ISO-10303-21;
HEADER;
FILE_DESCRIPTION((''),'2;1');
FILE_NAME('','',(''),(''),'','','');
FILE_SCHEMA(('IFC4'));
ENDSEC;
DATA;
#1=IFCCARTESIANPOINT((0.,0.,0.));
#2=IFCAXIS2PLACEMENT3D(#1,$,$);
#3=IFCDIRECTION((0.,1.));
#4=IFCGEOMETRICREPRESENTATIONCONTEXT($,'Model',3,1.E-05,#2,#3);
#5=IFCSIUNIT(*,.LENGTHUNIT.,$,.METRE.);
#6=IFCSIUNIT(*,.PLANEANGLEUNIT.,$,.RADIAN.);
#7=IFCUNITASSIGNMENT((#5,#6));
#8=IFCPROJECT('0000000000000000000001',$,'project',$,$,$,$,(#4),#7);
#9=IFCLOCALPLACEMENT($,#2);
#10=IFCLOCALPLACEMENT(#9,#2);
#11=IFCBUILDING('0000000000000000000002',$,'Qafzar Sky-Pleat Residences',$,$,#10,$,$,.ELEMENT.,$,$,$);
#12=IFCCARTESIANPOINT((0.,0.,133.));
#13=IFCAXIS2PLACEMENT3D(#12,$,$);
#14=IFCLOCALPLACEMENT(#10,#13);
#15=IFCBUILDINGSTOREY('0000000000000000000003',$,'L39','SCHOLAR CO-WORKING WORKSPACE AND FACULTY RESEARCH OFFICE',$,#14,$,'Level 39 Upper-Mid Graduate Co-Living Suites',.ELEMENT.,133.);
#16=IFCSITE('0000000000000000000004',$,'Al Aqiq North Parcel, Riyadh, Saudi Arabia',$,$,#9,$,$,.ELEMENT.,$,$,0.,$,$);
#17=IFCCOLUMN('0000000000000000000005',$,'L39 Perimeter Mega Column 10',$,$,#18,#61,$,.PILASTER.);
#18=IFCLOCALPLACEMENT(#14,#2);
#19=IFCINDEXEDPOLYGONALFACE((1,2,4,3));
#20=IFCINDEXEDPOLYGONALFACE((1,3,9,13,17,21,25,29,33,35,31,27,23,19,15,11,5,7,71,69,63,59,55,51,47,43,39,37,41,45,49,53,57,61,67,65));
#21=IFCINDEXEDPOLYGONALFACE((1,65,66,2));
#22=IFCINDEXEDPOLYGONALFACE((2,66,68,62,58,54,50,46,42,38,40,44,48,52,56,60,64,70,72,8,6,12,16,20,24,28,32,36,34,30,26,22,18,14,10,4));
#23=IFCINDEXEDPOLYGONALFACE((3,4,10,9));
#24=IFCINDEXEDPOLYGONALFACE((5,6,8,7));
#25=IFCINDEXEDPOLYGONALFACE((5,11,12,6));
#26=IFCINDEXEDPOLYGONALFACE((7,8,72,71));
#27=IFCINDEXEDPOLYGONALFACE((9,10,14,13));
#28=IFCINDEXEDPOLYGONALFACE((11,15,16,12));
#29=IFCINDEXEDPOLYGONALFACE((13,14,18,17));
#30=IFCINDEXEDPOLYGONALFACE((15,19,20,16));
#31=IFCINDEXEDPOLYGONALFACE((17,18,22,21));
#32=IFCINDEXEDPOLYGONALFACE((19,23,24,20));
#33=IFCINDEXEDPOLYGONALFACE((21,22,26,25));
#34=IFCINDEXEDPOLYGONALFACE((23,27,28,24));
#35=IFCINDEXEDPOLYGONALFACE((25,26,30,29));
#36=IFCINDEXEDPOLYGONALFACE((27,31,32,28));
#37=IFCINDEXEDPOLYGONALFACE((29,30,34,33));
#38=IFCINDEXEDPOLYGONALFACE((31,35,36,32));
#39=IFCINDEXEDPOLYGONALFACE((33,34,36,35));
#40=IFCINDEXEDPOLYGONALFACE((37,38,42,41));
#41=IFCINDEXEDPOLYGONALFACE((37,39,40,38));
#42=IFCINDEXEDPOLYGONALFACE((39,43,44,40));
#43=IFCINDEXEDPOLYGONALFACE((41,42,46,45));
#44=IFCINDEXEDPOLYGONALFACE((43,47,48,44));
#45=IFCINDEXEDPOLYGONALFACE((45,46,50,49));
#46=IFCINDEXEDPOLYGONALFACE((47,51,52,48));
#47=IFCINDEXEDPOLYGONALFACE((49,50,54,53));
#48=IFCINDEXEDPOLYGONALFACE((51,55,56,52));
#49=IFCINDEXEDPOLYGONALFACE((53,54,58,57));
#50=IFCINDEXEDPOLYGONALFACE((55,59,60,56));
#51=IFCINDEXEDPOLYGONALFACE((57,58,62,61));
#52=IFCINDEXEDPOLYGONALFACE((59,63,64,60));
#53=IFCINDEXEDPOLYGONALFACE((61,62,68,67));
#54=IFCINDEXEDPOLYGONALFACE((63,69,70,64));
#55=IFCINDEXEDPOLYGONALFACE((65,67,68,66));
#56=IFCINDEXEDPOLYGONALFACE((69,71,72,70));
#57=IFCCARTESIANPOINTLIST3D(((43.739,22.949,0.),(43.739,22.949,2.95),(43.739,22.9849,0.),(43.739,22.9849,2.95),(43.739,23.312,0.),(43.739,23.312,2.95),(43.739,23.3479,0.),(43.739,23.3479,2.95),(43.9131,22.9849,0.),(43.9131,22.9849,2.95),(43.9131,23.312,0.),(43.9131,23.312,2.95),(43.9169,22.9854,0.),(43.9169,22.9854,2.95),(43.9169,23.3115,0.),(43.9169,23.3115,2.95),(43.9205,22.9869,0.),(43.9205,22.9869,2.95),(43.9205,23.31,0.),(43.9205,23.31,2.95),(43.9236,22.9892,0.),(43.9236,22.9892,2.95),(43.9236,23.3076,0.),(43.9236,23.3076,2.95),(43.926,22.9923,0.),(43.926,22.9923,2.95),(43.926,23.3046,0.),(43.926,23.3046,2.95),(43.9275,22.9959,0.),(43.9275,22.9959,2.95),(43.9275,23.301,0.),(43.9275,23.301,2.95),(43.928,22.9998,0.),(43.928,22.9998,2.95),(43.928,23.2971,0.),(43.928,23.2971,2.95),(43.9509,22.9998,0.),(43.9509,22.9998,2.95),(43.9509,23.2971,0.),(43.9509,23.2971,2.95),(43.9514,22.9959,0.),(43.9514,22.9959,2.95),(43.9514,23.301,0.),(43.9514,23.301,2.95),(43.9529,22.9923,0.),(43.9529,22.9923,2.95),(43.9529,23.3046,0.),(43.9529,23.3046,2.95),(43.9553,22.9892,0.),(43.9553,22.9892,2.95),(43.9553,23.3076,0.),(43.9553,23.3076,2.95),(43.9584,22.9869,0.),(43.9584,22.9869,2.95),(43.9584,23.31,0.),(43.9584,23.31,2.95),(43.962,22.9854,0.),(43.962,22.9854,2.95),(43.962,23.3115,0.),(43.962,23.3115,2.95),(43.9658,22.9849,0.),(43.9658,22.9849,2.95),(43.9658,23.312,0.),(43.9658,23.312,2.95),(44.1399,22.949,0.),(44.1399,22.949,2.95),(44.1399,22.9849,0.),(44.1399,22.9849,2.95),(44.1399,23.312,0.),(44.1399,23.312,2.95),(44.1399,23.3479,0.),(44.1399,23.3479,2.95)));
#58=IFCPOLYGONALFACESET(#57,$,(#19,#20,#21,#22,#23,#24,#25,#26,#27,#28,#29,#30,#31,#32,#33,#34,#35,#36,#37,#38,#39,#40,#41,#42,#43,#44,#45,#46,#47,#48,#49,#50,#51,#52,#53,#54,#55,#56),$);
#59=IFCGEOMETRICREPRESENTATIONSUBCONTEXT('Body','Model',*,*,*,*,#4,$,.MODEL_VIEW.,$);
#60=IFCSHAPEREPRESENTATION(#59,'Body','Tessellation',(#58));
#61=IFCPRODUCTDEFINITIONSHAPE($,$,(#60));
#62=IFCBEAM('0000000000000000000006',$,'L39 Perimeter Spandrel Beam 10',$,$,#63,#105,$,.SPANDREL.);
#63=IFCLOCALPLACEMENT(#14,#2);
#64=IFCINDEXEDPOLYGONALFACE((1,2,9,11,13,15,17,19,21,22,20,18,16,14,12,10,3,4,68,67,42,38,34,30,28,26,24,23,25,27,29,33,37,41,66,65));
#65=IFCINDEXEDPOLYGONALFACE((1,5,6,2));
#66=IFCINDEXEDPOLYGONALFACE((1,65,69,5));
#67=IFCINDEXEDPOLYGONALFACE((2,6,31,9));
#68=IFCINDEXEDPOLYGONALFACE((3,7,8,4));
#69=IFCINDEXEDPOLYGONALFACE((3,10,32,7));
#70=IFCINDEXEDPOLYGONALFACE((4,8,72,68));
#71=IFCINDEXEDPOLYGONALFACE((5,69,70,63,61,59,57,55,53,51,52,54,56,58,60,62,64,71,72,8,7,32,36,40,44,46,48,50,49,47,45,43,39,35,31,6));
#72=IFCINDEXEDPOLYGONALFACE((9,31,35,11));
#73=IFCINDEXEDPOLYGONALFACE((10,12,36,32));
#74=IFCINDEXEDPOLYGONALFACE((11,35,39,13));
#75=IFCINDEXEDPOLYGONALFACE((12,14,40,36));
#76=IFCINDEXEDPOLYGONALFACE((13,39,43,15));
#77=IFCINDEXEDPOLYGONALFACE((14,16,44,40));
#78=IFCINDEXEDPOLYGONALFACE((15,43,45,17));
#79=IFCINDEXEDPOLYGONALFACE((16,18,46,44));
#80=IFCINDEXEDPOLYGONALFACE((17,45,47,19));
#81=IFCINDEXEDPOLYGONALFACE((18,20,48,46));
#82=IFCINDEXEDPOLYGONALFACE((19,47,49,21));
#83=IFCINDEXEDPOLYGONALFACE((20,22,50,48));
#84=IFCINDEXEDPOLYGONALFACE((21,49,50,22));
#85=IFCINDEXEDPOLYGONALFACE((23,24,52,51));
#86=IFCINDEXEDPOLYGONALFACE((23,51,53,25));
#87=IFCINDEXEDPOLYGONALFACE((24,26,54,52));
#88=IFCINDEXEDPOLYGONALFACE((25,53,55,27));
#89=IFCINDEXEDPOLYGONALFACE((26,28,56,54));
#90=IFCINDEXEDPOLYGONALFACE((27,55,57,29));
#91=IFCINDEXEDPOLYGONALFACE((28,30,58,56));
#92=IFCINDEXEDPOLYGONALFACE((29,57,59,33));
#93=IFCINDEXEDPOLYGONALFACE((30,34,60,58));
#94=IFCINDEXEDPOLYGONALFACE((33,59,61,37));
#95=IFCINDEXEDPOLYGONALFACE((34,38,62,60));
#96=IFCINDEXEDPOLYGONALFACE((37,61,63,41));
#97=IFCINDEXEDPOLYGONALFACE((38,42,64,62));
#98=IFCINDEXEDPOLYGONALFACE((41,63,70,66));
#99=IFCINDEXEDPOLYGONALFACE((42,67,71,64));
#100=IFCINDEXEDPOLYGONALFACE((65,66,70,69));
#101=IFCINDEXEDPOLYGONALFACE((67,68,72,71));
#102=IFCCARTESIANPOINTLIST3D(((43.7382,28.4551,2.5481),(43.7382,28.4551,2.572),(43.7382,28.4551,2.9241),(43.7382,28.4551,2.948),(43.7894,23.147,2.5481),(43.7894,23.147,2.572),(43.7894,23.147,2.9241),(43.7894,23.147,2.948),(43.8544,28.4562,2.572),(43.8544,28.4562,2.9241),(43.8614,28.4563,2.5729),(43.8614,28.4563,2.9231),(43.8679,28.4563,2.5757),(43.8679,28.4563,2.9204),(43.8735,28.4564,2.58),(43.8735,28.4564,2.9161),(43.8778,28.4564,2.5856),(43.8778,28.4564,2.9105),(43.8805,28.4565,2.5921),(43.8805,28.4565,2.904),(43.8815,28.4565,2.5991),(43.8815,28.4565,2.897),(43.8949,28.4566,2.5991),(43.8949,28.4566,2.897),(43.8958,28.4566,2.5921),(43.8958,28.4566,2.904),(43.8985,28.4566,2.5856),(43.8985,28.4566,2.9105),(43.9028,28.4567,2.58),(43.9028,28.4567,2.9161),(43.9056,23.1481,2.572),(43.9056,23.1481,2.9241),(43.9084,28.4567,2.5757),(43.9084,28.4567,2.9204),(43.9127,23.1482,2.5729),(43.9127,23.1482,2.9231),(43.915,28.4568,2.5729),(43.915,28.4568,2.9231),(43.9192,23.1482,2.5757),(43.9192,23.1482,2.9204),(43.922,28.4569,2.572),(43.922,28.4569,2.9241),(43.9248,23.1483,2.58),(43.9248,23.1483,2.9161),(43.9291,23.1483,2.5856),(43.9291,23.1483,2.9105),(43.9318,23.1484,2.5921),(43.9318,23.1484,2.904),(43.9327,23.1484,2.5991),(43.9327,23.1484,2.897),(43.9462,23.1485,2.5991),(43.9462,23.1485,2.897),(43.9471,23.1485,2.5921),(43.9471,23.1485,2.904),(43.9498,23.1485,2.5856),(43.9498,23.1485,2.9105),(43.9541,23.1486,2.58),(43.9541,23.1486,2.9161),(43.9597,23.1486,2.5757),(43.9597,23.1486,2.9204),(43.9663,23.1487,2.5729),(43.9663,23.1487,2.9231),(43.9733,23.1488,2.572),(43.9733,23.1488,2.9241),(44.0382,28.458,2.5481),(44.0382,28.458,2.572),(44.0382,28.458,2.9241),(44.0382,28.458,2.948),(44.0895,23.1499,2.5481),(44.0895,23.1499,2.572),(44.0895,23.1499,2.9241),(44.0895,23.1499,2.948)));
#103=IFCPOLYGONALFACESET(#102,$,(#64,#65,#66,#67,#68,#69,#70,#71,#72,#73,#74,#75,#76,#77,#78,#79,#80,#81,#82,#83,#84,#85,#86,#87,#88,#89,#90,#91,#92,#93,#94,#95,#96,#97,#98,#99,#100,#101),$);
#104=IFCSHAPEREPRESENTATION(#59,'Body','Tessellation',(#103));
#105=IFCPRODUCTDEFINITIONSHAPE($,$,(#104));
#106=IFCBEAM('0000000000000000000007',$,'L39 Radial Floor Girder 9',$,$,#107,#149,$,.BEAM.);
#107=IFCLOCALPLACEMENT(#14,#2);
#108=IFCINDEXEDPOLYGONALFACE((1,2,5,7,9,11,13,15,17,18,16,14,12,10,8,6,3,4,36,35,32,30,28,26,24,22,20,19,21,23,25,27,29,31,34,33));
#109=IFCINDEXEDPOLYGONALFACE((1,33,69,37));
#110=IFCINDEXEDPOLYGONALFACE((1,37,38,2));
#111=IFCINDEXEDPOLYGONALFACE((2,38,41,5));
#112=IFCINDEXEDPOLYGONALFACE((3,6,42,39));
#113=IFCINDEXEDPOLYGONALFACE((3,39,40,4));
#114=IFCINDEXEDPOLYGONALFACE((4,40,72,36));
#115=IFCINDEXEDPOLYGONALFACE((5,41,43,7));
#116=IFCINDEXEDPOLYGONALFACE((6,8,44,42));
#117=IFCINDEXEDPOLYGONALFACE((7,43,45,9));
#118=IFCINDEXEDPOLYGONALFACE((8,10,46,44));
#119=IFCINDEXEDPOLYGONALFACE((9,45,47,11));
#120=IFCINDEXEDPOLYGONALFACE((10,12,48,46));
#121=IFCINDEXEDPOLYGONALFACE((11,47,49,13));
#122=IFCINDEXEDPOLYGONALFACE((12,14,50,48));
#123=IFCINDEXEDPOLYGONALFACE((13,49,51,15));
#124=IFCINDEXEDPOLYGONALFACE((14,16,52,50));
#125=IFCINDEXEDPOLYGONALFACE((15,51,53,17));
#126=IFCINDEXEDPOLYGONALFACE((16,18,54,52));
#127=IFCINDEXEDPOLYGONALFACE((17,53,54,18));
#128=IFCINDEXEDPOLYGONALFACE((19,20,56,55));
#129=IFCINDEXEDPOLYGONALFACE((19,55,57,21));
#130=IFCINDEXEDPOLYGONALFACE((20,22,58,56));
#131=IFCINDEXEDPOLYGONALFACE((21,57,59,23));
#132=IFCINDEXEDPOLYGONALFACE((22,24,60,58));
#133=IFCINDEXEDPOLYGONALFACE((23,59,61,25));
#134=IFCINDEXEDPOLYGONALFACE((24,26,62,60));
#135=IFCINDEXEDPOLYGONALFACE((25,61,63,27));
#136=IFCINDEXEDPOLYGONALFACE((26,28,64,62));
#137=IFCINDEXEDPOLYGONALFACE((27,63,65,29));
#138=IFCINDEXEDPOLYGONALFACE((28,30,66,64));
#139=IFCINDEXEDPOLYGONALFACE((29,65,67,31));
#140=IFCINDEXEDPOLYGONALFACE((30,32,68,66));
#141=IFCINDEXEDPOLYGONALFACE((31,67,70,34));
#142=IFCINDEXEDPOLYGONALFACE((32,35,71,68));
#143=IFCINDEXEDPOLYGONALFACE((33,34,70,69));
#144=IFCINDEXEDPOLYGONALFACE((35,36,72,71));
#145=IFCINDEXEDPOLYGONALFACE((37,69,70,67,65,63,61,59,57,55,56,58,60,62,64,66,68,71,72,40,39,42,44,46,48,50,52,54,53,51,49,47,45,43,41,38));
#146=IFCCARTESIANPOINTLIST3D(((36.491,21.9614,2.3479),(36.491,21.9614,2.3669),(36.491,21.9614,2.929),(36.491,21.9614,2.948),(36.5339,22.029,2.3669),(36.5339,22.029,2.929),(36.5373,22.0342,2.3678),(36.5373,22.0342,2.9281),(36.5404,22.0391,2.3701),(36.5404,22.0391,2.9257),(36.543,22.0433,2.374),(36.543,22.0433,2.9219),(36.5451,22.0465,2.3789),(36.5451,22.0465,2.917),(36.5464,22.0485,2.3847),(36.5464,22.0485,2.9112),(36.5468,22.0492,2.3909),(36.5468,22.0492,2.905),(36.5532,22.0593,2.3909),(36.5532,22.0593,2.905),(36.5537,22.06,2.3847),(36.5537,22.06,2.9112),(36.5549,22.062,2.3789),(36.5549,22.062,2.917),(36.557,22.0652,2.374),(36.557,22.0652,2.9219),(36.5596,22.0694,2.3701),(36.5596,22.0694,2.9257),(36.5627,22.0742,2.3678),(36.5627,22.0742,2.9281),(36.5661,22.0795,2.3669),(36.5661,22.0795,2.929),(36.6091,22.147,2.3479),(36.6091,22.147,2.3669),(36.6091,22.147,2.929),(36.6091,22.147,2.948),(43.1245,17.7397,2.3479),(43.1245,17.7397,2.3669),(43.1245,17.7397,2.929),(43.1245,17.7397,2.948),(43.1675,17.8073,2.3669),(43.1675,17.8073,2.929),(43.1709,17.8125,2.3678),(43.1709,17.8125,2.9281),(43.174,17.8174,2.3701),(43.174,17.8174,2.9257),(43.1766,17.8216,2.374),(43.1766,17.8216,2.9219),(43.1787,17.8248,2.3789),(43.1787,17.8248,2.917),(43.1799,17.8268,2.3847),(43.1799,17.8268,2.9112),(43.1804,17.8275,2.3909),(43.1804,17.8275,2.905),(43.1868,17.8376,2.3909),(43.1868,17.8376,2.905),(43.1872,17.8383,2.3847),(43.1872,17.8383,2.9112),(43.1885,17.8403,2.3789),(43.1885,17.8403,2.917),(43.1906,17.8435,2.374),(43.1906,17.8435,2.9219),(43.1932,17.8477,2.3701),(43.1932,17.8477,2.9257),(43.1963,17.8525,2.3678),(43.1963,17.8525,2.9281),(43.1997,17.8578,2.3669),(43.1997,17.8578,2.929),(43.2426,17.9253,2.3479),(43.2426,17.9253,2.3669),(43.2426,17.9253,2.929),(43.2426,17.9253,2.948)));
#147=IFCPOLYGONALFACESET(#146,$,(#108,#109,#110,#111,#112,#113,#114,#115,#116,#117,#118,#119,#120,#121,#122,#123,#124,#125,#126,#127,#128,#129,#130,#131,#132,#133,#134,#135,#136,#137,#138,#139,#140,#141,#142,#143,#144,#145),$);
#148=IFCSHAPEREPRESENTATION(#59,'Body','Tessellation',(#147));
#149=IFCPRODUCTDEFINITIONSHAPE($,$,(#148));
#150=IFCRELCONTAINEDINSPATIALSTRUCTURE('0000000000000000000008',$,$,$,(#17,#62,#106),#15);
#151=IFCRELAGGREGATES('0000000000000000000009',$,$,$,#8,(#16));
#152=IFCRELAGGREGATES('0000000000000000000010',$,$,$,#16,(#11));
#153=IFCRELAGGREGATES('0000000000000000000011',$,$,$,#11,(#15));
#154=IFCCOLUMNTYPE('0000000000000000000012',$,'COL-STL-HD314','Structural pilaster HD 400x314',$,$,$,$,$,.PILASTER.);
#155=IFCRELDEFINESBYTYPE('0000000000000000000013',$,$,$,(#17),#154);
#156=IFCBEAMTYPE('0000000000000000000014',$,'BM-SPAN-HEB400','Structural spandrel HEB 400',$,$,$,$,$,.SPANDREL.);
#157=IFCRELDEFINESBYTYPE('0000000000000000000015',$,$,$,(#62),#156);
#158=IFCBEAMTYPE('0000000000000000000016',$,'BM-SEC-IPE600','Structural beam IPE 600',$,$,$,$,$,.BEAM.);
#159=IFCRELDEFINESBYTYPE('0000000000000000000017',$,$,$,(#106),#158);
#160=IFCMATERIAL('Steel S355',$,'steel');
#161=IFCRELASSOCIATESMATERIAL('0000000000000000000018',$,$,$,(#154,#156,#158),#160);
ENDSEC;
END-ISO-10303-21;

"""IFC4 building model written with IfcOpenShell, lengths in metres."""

from ifc_helpers import new_model, si_unit, direction, frame, origin, origin_2d, place, context, subcontext, project, spatial, i_section, extrude, source, transform, mapped, material, material_profile, profile_set, type_object, element, save


model = new_model("IFC4")

# Units and contexts
model_context = context("Model", 3, precision=1e-05, world=origin(), true_north=direction((0.0, 1.0)))
body_context = subcontext(model_context, "Body", "Model", "MODEL_VIEW")
ifc_project = project(units=[si_unit("LENGTHUNIT", "METRE"), si_unit("PLANEANGLEUNIT", "RADIAN")], contexts=[model_context])

# Site, building, storey
site_placement = place(None, origin())
site = spatial("IfcSite", under=ifc_project, at=site_placement, Name="Al Aqiq North Parcel, Riyadh, Saudi Arabia", CompositionType="ELEMENT", RefElevation=0.0)
building_placement = place(site_placement, origin())
building = spatial("IfcBuilding", under=site, at=building_placement, Name="Qafzar Sky-Pleat Residences", CompositionType="ELEMENT")
storey_placement = place(building_placement, frame((0.0, 0.0, 133.0)))
storey = spatial("IfcBuildingStorey", under=building, at=storey_placement, Name="L39", Description="SCHOLAR CO-WORKING WORKSPACE AND FACULTY RESEARCH OFFICE", LongName="Level 39 Upper-Mid Graduate Co-Living Suites", CompositionType="ELEMENT", Elevation=133.0)

# Column
ifc_material_1 = material(Name="Steel S355", Category="steel")
ifc_material_profile_1 = material_profile(ifc_material_1, i_section(OverallWidth=0.4009, OverallDepth=0.3989, WebThickness=0.0229, FlangeThickness=0.0359, FilletRadius=0.0149, at=origin_2d()), Name="HD 400x314")
ifc_profile_set_1 = profile_set([ifc_material_profile_1], Name="Steel S355")
column_type = type_object("IfcColumnType", Name="COL-STL-HD314", Description="Structural pilaster HD 400x314", PredefinedType="PILASTER", material=ifc_profile_set_1)
shared_shape_1 = source(origin(), body_context, "Body", "SweptSolid", [
    extrude(i_section(OverallWidth=0.4009, OverallDepth=0.3989, WebThickness=0.0229, FlangeThickness=0.0359, FilletRadius=0.0149, at=origin_2d()), origin(), (0.0, 0.0, 1.0), 2.95),
])
column_placement = place(storey_placement, frame((43.9395, 23.1484, 0.0), z_axis=(0.0, 0.0, 1.0), x_axis=(1.0, 0.0, 0.0)))
element("IfcColumn", 1, at=column_placement, inside=storey, type_object=column_type, Name="L39 Perimeter Mega Column 10", PredefinedType="PILASTER", context=body_context, shape_type="MappedRepresentation", body=[
    mapped(shared_shape_1, transform((0.0, 0.0, 0.0), x_axis=(1.0, 0.0, 0.0), y_axis=(0.0, 1.0, 0.0), z_axis=(0.0, 0.0, 1.0), scale=1.0)),
])

# Beams
ifc_material_profile_2 = material_profile(ifc_material_1, i_section(OverallWidth=0.3, OverallDepth=0.3999, WebThickness=0.0134, FlangeThickness=0.0239, FilletRadius=0.0271, at=origin_2d()), Name="HEB 400")
ifc_profile_set_2 = profile_set([ifc_material_profile_2], Name="Steel S355")
beam_type_1 = type_object("IfcBeamType", Name="BM-SPAN-HEB400", Description="Structural spandrel HEB 400", PredefinedType="SPANDREL", material=ifc_profile_set_2)
shared_shape_2 = source(origin(), body_context, "Body", "SweptSolid", [
    extrude(i_section(OverallWidth=0.3, OverallDepth=0.3999, WebThickness=0.0134, FlangeThickness=0.0239, FilletRadius=0.0271, at=origin_2d()), origin(), (0.0, 0.0, 1.0), 5.3083),
])
beam_1_placement = place(storey_placement, frame((43.9395, 23.1484, 2.748), z_axis=(-0.009658, 0.999953, 0.0), x_axis=(-0.999953, -0.009658, 0.0)))
element("IfcBeam", 2, at=beam_1_placement, inside=storey, type_object=beam_type_1, Name="L39 Perimeter Spandrel Beam 10", PredefinedType="SPANDREL", context=body_context, shape_type="MappedRepresentation", body=[
    mapped(shared_shape_2, transform((0.0, 0.0, 0.0), x_axis=(1.0, 0.0, 0.0), y_axis=(0.0, 1.0, 0.0), z_axis=(0.0, 0.0, 1.0), scale=1.0)),
])
ifc_material_profile_3 = material_profile(ifc_material_1, i_section(OverallWidth=0.22, OverallDepth=0.6001, WebThickness=0.012, FlangeThickness=0.019, FilletRadius=0.0239, at=origin_2d()), Name="IPE 600")
ifc_profile_set_3 = profile_set([ifc_material_profile_3], Name="Steel S355")
beam_type_2 = type_object("IfcBeamType", Name="BM-SEC-IPE600", Description="Structural beam IPE 600", PredefinedType="BEAM", material=ifc_profile_set_3)
shared_shape_3 = source(origin(), body_context, "Body", "SweptSolid", [
    extrude(i_section(OverallWidth=0.22, OverallDepth=0.6001, WebThickness=0.012, FlangeThickness=0.019, FilletRadius=0.0239, at=origin_2d()), origin(), (0.0, 0.0, 1.0), 7.863),
])
beam_2_placement = place(storey_placement, frame((43.1836, 17.8325, 2.6479), z_axis=(-0.843642, 0.536906, 0.0), x_axis=(-0.536906, -0.843642, 0.0)))
element("IfcBeam", 3, at=beam_2_placement, inside=storey, type_object=beam_type_2, Name="L39 Radial Floor Girder 9", PredefinedType="BEAM", context=body_context, shape_type="MappedRepresentation", body=[
    mapped(shared_shape_3, transform((0.0, 0.0, 0.0), x_axis=(1.0, 0.0, 0.0), y_axis=(0.0, 1.0, 0.0), z_axis=(0.0, 0.0, 1.0), scale=1.0)),
])

save(model, "model.ifc")
